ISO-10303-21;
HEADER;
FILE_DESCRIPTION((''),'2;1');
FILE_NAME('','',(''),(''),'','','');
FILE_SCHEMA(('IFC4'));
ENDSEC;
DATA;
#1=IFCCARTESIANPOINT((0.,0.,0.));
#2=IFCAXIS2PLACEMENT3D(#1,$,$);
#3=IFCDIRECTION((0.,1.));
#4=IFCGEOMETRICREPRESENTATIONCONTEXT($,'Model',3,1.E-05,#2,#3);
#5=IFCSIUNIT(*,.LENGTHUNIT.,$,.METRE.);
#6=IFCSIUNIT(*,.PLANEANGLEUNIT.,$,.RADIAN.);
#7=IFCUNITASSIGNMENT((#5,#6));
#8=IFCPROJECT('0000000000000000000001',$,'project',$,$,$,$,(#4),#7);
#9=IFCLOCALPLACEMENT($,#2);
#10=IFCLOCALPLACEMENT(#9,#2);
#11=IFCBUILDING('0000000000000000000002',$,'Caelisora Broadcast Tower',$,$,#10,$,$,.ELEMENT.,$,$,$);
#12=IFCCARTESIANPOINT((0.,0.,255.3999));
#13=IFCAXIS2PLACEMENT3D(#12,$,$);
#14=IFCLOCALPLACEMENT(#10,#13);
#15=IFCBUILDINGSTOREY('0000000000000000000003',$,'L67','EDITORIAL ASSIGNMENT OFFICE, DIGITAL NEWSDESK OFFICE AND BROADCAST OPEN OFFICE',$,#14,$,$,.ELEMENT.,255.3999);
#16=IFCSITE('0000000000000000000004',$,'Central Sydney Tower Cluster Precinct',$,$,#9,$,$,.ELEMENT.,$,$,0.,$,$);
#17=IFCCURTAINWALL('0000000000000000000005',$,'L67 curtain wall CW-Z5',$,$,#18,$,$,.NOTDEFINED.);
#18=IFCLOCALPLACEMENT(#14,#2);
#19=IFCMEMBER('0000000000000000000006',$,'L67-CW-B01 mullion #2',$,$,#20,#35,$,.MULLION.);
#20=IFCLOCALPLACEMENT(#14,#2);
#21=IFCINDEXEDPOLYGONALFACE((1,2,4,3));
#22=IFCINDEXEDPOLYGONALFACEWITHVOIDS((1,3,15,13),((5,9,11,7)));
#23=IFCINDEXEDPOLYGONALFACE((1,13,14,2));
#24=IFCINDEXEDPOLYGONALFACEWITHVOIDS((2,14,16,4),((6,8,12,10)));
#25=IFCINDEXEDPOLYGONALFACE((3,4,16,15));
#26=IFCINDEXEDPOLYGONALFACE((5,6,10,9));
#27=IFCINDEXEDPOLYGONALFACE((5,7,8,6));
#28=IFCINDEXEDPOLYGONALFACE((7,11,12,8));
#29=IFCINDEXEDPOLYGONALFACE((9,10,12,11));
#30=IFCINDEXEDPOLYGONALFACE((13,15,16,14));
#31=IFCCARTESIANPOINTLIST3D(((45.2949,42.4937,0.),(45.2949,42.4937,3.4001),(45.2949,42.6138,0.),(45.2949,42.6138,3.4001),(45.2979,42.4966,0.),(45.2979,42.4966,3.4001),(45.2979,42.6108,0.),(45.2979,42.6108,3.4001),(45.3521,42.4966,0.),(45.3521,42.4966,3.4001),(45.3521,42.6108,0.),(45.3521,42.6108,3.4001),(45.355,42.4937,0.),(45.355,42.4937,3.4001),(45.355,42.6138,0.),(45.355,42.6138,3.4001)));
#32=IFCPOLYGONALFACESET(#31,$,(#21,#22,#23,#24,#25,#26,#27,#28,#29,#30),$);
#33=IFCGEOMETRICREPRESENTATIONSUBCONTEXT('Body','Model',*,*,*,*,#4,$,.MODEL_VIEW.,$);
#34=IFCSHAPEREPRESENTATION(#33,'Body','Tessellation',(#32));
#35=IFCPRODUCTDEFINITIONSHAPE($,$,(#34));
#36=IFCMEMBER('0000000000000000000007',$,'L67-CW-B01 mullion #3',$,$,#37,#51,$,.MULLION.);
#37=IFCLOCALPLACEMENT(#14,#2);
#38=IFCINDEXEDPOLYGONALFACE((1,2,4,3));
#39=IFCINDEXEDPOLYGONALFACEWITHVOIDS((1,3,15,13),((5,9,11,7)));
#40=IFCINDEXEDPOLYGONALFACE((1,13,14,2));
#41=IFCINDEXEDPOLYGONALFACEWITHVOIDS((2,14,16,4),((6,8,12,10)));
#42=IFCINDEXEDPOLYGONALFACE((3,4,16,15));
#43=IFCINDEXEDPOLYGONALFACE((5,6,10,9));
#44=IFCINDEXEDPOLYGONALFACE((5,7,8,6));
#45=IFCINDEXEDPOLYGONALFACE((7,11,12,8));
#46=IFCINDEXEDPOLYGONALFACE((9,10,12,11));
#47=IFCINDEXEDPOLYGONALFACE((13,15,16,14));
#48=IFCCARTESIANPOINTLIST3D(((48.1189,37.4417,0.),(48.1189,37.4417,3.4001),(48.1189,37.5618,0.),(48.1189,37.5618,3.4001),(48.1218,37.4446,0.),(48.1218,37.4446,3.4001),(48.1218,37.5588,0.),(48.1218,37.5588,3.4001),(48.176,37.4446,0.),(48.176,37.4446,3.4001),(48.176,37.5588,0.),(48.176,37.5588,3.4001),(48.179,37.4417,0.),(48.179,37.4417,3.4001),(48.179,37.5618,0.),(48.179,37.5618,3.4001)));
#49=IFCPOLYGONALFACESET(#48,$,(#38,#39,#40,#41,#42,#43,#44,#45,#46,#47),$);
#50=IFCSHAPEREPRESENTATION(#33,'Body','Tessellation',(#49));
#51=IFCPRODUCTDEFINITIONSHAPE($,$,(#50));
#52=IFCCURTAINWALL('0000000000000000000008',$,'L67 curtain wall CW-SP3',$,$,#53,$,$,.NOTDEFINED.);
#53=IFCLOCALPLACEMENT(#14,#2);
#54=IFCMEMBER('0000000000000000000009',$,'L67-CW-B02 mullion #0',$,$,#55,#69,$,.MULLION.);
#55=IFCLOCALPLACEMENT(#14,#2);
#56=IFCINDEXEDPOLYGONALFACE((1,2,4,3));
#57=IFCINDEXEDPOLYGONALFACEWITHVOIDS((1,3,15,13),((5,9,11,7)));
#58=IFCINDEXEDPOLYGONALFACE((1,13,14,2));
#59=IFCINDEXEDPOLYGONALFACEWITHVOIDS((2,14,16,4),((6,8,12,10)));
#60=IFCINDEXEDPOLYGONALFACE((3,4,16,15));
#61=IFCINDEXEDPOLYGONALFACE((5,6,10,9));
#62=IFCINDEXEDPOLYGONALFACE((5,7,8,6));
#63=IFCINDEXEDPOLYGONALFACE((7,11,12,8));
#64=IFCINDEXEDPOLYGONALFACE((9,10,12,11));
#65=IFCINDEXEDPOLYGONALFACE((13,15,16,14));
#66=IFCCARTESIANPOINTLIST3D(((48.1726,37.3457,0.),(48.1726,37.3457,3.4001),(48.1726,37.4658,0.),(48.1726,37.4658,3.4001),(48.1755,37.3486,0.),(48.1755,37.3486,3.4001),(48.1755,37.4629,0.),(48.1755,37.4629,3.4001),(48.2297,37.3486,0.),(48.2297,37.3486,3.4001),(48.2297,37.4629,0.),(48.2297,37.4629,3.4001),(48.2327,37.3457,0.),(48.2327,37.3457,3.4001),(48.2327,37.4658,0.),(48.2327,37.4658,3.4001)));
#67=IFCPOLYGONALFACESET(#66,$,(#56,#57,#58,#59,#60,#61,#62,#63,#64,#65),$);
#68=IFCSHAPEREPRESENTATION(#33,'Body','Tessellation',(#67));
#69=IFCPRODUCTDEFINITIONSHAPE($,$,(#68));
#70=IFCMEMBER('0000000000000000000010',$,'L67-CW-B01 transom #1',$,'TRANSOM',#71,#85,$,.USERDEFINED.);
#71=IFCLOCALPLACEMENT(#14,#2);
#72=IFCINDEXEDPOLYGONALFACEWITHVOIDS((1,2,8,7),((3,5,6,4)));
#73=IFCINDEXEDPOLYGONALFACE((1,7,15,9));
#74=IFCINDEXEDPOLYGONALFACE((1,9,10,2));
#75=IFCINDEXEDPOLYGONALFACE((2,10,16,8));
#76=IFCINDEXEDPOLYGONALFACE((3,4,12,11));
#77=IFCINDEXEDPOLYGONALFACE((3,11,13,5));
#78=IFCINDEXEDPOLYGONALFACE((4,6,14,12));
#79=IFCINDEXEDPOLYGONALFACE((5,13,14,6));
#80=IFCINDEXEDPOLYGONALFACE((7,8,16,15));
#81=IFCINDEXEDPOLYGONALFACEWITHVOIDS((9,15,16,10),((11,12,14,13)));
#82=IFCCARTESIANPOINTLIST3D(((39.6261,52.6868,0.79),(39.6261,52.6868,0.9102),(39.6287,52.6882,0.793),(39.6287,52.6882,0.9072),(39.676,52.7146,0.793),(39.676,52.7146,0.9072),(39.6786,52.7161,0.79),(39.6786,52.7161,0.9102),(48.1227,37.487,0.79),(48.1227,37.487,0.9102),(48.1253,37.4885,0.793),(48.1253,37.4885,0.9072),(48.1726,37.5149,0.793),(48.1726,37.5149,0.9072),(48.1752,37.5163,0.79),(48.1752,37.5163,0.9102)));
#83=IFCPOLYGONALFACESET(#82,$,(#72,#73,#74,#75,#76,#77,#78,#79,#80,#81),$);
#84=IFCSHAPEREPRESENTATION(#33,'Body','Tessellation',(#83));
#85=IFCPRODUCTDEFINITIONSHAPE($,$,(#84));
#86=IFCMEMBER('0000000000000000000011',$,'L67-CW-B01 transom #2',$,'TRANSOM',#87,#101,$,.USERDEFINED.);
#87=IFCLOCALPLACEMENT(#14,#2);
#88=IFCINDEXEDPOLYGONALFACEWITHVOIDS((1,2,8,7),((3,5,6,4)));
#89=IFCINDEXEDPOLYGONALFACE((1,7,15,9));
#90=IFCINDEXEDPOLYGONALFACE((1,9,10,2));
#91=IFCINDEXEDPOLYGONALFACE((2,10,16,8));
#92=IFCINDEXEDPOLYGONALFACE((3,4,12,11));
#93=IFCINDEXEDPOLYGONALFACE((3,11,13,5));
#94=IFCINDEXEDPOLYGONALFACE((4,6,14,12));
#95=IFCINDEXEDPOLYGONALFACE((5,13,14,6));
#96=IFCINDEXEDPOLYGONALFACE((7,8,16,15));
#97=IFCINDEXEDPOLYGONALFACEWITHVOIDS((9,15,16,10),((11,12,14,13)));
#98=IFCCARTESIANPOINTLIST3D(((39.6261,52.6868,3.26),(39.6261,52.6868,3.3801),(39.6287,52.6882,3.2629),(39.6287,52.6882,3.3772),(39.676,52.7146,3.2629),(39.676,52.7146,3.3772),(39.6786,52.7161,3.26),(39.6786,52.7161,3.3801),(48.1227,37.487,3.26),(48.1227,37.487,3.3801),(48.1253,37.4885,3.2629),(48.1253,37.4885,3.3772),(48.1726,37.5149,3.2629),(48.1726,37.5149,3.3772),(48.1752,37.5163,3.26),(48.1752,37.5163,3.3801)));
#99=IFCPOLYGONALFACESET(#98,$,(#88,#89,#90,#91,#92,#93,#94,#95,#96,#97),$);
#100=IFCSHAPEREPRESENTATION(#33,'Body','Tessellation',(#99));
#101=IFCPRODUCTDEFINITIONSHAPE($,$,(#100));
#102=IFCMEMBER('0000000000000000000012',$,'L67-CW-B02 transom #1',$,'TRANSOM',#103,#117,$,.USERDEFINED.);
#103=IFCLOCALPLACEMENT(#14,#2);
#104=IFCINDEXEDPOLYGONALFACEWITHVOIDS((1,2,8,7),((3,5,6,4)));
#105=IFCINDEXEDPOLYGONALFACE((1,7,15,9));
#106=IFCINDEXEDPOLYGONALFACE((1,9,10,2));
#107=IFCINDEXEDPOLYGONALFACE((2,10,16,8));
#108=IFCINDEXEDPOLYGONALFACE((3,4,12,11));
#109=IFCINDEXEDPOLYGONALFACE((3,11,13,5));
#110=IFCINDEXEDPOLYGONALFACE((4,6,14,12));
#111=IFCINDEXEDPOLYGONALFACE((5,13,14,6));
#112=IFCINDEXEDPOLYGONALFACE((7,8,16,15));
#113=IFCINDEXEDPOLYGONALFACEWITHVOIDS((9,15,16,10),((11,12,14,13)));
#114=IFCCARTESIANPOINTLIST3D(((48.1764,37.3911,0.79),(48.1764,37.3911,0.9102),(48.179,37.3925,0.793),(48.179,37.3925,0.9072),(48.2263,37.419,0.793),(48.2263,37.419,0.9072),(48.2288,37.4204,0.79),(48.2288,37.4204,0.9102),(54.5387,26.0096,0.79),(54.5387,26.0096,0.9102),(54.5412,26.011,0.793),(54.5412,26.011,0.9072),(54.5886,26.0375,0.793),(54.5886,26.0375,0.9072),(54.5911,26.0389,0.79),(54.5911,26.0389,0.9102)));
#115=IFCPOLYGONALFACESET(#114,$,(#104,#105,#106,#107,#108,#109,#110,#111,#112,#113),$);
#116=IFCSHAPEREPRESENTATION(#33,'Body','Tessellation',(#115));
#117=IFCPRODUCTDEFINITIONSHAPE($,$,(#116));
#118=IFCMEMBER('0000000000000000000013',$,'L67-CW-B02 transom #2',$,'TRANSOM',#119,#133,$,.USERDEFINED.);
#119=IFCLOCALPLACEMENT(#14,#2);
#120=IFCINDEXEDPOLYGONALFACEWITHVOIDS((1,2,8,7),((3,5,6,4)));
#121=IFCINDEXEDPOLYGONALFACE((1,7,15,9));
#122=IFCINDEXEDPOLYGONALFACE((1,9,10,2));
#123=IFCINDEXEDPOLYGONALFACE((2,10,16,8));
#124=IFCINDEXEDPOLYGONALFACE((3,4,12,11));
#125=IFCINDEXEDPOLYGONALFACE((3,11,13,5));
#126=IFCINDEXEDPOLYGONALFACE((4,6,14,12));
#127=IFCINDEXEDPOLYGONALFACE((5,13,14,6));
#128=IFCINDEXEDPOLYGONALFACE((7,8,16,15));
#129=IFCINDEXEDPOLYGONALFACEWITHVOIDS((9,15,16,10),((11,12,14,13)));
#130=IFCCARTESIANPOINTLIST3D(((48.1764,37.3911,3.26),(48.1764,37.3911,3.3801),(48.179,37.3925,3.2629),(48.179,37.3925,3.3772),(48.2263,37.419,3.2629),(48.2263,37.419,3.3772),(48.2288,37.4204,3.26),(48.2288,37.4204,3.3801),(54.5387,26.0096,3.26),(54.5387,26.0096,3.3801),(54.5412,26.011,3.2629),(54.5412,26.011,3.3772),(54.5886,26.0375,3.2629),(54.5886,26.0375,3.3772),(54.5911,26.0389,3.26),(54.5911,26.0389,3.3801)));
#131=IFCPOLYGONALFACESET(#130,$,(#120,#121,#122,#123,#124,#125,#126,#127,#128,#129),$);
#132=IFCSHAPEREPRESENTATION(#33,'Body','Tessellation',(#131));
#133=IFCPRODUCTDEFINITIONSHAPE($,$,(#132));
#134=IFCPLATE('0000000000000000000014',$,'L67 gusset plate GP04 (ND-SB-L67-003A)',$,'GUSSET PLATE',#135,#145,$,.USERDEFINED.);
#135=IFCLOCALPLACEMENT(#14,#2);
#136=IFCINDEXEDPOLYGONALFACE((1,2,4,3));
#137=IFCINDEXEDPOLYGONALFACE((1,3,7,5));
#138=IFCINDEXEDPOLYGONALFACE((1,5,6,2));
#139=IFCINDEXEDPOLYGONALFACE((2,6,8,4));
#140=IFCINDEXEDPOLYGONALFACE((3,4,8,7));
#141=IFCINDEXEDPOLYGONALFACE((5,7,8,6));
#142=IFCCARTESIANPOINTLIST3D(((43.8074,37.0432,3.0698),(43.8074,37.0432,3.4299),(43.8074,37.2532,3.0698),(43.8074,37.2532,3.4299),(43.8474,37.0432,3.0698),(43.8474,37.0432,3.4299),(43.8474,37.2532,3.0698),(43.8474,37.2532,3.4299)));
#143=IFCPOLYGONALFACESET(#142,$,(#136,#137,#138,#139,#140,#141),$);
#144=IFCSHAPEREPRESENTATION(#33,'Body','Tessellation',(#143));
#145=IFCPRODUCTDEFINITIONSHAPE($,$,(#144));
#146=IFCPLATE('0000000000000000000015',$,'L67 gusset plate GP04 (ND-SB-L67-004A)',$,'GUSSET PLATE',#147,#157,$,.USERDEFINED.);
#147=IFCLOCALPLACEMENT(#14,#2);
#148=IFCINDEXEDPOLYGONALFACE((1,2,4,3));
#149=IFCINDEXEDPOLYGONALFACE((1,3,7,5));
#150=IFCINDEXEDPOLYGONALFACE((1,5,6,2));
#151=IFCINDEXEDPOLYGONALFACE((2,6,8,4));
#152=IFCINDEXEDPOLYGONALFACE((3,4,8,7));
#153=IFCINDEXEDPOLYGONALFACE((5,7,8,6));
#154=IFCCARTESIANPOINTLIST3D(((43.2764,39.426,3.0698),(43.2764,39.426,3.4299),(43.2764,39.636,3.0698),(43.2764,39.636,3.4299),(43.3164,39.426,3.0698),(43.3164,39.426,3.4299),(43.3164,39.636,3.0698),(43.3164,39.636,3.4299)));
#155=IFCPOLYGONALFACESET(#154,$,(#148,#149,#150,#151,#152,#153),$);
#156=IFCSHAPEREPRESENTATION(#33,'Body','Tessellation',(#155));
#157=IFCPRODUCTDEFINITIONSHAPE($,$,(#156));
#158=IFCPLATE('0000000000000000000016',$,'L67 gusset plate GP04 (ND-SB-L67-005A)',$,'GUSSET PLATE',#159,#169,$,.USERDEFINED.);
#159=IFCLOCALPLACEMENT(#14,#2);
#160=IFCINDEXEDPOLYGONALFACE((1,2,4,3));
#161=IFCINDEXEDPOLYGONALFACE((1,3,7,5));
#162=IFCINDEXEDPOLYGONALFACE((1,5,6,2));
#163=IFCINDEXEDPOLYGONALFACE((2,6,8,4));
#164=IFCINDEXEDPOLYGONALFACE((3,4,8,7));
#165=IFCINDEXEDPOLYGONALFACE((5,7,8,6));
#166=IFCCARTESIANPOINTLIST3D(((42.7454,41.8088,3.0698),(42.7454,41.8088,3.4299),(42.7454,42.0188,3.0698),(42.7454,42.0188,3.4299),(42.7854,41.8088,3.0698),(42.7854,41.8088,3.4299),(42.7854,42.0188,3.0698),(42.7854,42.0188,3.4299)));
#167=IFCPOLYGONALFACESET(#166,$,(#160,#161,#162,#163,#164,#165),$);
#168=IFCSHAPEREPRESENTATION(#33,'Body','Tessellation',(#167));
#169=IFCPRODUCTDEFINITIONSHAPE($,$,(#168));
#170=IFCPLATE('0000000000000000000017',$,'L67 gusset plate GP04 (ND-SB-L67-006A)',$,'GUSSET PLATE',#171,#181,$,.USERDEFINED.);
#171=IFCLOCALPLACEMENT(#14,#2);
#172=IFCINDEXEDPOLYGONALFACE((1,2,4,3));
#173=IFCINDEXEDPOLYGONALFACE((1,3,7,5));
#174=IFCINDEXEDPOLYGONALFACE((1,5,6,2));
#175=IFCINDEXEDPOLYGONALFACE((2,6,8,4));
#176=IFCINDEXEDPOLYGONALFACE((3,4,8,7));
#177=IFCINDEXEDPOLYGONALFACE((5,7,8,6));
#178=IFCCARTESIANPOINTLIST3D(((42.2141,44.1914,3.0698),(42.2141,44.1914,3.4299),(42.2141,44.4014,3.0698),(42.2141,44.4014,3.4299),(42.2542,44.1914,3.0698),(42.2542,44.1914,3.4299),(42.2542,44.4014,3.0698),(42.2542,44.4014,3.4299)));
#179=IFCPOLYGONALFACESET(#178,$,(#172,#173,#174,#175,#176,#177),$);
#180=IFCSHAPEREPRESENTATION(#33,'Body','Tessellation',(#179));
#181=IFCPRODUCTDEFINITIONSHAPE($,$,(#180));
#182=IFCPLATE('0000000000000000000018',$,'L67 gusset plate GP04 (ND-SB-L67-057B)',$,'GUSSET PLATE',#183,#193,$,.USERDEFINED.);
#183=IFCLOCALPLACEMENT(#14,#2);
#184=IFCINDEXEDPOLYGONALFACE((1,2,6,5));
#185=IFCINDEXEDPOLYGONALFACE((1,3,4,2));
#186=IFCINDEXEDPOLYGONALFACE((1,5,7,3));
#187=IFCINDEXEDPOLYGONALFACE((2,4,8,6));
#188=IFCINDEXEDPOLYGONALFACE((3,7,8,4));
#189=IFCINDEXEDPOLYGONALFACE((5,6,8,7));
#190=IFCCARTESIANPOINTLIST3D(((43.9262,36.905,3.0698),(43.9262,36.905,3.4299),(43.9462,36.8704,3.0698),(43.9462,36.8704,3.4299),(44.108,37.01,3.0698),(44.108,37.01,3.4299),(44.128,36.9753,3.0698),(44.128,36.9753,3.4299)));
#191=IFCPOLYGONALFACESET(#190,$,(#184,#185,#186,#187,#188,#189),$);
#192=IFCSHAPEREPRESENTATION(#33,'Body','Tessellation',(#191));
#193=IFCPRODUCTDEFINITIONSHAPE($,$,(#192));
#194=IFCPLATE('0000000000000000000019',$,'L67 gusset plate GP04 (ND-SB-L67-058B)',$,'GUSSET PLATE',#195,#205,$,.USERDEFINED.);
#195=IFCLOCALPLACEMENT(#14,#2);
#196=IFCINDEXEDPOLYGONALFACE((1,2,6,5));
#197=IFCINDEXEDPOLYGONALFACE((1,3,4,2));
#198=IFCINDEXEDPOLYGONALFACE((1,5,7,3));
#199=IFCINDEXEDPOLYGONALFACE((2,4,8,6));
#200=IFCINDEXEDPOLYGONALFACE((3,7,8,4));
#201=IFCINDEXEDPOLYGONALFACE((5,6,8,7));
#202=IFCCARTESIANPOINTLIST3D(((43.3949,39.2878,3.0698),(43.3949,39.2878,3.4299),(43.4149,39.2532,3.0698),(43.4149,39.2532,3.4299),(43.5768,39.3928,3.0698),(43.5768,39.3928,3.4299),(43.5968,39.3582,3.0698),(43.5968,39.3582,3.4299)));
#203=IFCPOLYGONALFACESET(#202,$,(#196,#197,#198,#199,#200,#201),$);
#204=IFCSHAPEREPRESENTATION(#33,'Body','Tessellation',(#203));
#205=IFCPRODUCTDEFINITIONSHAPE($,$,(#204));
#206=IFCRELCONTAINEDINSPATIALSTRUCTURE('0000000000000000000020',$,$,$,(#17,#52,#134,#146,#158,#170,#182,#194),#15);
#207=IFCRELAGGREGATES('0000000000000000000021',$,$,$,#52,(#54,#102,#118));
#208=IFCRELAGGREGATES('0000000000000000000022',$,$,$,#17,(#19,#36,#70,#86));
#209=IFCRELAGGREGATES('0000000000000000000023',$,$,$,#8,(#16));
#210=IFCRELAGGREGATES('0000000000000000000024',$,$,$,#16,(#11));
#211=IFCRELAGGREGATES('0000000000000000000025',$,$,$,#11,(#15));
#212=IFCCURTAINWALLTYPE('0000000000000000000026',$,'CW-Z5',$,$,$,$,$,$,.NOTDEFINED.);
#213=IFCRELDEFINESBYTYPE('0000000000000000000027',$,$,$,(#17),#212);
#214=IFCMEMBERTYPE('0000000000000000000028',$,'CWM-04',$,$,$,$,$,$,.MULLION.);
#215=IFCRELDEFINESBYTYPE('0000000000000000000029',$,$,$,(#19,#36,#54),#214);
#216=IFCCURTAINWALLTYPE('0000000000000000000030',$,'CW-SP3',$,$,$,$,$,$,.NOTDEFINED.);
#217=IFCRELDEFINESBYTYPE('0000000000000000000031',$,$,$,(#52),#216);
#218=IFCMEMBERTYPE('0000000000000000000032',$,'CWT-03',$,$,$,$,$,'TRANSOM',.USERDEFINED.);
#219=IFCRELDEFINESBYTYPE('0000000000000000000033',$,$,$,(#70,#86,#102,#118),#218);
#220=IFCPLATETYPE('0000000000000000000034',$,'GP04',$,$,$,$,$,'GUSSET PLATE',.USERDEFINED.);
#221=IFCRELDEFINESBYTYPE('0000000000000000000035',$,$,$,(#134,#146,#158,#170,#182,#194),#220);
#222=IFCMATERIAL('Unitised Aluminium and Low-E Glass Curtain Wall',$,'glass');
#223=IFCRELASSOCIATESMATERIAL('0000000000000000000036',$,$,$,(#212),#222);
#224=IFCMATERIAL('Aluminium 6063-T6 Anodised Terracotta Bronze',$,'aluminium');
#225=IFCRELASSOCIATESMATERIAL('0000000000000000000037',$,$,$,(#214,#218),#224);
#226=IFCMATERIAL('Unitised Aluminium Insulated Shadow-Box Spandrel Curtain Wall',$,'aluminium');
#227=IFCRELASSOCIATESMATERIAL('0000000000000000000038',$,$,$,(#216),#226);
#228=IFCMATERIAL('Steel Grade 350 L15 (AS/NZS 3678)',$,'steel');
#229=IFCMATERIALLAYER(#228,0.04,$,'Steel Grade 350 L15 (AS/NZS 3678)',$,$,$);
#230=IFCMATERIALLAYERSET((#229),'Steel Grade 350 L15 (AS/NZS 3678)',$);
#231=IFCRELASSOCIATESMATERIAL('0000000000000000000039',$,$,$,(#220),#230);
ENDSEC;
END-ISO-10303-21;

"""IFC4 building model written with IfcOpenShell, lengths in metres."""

from ifc_helpers import new_model, si_unit, direction, frame, origin, origin_2d, place, context, subcontext, project, spatial, rectangle, hollow_rectangle, extrude, source, transform, mapped, material, layer, layer_set, material_profile, profile_set, type_object, type_shapes, element, aggregate, save


model = new_model("IFC4")

# Units and contexts
model_context = context("Model", 3, precision=1e-05, world=origin(), true_north=direction((0.0, 1.0)))
body_context = subcontext(model_context, "Body", "Model", "MODEL_VIEW")
ifc_project = project(units=[si_unit("LENGTHUNIT", "METRE"), si_unit("PLANEANGLEUNIT", "RADIAN")], contexts=[model_context])

# Site, building, storey
site_placement = place(None, origin())
site = spatial("IfcSite", under=ifc_project, at=site_placement, Name="Central Sydney Tower Cluster Precinct", CompositionType="ELEMENT", RefElevation=0.0)
building_placement = place(site_placement, origin())
building = spatial("IfcBuilding", under=site, at=building_placement, Name="Caelisora Broadcast Tower", CompositionType="ELEMENT")
storey_placement = place(building_placement, frame((0.0, 0.0, 255.3999)))
storey = spatial("IfcBuildingStorey", under=building, at=storey_placement, Name="L67", Description="EDITORIAL ASSIGNMENT OFFICE, DIGITAL NEWSDESK OFFICE AND BROADCAST OPEN OFFICE", CompositionType="ELEMENT", Elevation=255.3999)

# Shared definitions
ifc_material_1 = material(Name="Steel Grade 350 L15 (AS/NZS 3678)", Category="steel")

# Curtain wall, members
ifc_material_2 = material(Name="Unitised Aluminium and Low-E Glass Curtain Wall", Category="glass")
curtain_wall_type_1 = type_object("IfcCurtainWallType", Name="CW-Z5", PredefinedType="NOTDEFINED", material=ifc_material_2)
curtain_wall_1_placement = place(storey_placement, origin())
curtain_wall_1 = element("IfcCurtainWall", 1, at=curtain_wall_1_placement, inside=storey, type_object=curtain_wall_type_1, Name="L67 curtain wall CW-Z5", PredefinedType="NOTDEFINED")
ifc_material_3 = material(Name="Aluminium 6063-T6 Anodised Terracotta Bronze", Category="aluminium")
ifc_material_profile_1 = material_profile(ifc_material_3, hollow_rectangle(XDim=0.0601, YDim=0.1201, WallThickness=0.0029, at=origin_2d()), Name="Aluminium 6063-T6 Anodised Terracotta Bronze")
ifc_profile_set_1 = profile_set([ifc_material_profile_1], Name="Aluminium 6063-T6 Anodised Terracotta Bronze")
member_type_1 = type_object("IfcMemberType", Name="CWM-04", PredefinedType="MULLION", material=ifc_profile_set_1)
shared_shape_1 = source(origin(), body_context, "Body", "SweptSolid", [
    extrude(hollow_rectangle(XDim=0.0601, YDim=0.1201, WallThickness=0.0029, at=origin_2d()), origin(), (0.0, 0.0, 1.0), 3.4001),
])
type_shapes(member_type_1, [shared_shape_1])
member_1_placement = place(storey_placement, frame((45.325, 42.5537, 0.0), z_axis=(0.0, 0.0, 1.0), x_axis=(1.0, 0.0, 0.0)))
member_1 = element("IfcMember", 2, at=member_1_placement, type_object=member_type_1, Name="L67-CW-B01 mullion #2", PredefinedType="MULLION", context=body_context, shape_type="MappedRepresentation", body=[
    mapped(shared_shape_1, transform((0.0, 0.0, 0.0), scale=1.0)),
])
member_2_placement = place(storey_placement, frame((48.1489, 37.5017, 0.0), z_axis=(0.0, 0.0, 1.0), x_axis=(1.0, 0.0, 0.0)))
member_2 = element("IfcMember", 3, at=member_2_placement, type_object=member_type_1, Name="L67-CW-B01 mullion #3", PredefinedType="MULLION", context=body_context, shape_type="MappedRepresentation", body=[
    mapped(shared_shape_1, transform((0.0, 0.0, 0.0), scale=1.0)),
])

# Curtain wall, member
ifc_material_4 = material(Name="Unitised Aluminium Insulated Shadow-Box Spandrel Curtain Wall", Category="aluminium")
curtain_wall_type_2 = type_object("IfcCurtainWallType", Name="CW-SP3", PredefinedType="NOTDEFINED", material=ifc_material_4)
curtain_wall_2_placement = place(storey_placement, origin())
curtain_wall_2 = element("IfcCurtainWall", 4, at=curtain_wall_2_placement, inside=storey, type_object=curtain_wall_type_2, Name="L67 curtain wall CW-SP3", PredefinedType="NOTDEFINED")
member_3_placement = place(storey_placement, frame((48.2026, 37.4058, 0.0), z_axis=(0.0, 0.0, 1.0), x_axis=(1.0, 0.0, 0.0)))
member_3 = element("IfcMember", 5, at=member_3_placement, type_object=member_type_1, Name="L67-CW-B02 mullion #0", PredefinedType="MULLION", context=body_context, shape_type="MappedRepresentation", body=[
    mapped(shared_shape_1, transform((0.0, 0.0, 0.0), scale=1.0)),
])

# Members
ifc_material_profile_2 = material_profile(ifc_material_3, hollow_rectangle(XDim=0.0601, YDim=0.1201, WallThickness=0.0029, at=origin_2d()), Name="Aluminium 6063-T6 Anodised Terracotta Bronze")
ifc_profile_set_2 = profile_set([ifc_material_profile_2], Name="Aluminium 6063-T6 Anodised Terracotta Bronze")
member_type_2 = type_object("IfcMemberType", Name="CWT-03", ElementType="TRANSOM", PredefinedType="USERDEFINED", material=ifc_profile_set_2)
shared_shape_2 = source(origin(), body_context, "Body", "SweptSolid", [
    extrude(hollow_rectangle(XDim=0.0601, YDim=0.1201, WallThickness=0.0029, at=origin_2d()), origin(), (0.0, 0.0, 1.0), 17.4133),
])
member_4_placement = place(storey_placement, frame((39.6523, 52.7014, 0.8501), z_axis=(0.487936, -0.872879, 0.0), x_axis=(0.872879, 0.487936, 0.0)))
member_4 = element("IfcMember", 6, at=member_4_placement, type_object=member_type_2, Name="L67-CW-B01 transom #1", ObjectType="TRANSOM", PredefinedType="USERDEFINED", context=body_context, shape_type="MappedRepresentation", body=[
    mapped(shared_shape_2, transform((0.0, 0.0, 0.0), scale=1.0)),
])
member_5_placement = place(storey_placement, frame((39.6523, 52.7014, 3.3201), z_axis=(0.487936, -0.872879, 0.0), x_axis=(0.872879, 0.487936, 0.0)))
member_5 = element("IfcMember", 7, at=member_5_placement, type_object=member_type_2, Name="L67-CW-B01 transom #2", ObjectType="TRANSOM", PredefinedType="USERDEFINED", context=body_context, shape_type="MappedRepresentation", body=[
    mapped(shared_shape_2, transform((0.0, 0.0, 0.0), scale=1.0)),
])
shared_shape_3 = source(origin(), body_context, "Body", "SweptSolid", [
    extrude(hollow_rectangle(XDim=0.0601, YDim=0.1201, WallThickness=0.0029, at=origin_2d()), origin(), (0.0, 0.0, 1.0), 13.0391),
])
type_shapes(member_type_2, [shared_shape_2, shared_shape_3])
member_6_placement = place(storey_placement, frame((48.2026, 37.4058, 0.8501), z_axis=(0.487938, -0.872878, 0.0), x_axis=(0.872878, 0.487938, 0.0)))
member_6 = element("IfcMember", 8, at=member_6_placement, type_object=member_type_2, Name="L67-CW-B02 transom #1", ObjectType="TRANSOM", PredefinedType="USERDEFINED", context=body_context, shape_type="MappedRepresentation", body=[
    mapped(shared_shape_3, transform((0.0, 0.0, 0.0), scale=1.0)),
])
member_7_placement = place(storey_placement, frame((48.2026, 37.4058, 3.3201), z_axis=(0.487938, -0.872878, 0.0), x_axis=(0.872878, 0.487938, 0.0)))
member_7 = element("IfcMember", 9, at=member_7_placement, type_object=member_type_2, Name="L67-CW-B02 transom #2", ObjectType="TRANSOM", PredefinedType="USERDEFINED", context=body_context, shape_type="MappedRepresentation", body=[
    mapped(shared_shape_3, transform((0.0, 0.0, 0.0), scale=1.0)),
])
aggregate(curtain_wall_2, [member_3, member_6, member_7])

# Plates
ifc_layer_1 = layer(ifc_material_1, 0.04, Name="Steel Grade 350 L15 (AS/NZS 3678)")
ifc_layer_set_1 = layer_set([ifc_layer_1], Name="Steel Grade 350 L15 (AS/NZS 3678)")
plate_type_1 = type_object("IfcPlateType", Name="GP04", ElementType="GUSSET PLATE", PredefinedType="USERDEFINED", material=ifc_layer_set_1)
shared_shape_4 = source(origin(), body_context, "Body", "SweptSolid", [
    extrude(rectangle(XDim=0.21, YDim=0.04, at=origin_2d()), origin(), (0.0, 0.0, 1.0), 0.3601),
])
type_shapes(plate_type_1, [shared_shape_4])
for number, where, z_axis, x_axis, name in (
    (10, (43.8274, 37.1482, 3.0698), (0.0, 0.0, 1.0), (0.0, -1.0, 0.0), "L67 gusset plate GP04 (ND-SB-L67-003A)"),
    (11, (43.2964, 39.531, 3.0698), (0.0, 0.0, 1.0), (0.0, -1.0, 0.0), "L67 gusset plate GP04 (ND-SB-L67-004A)"),
    (12, (42.7654, 41.9138, 3.0698), (0.0, 0.0, 1.0), (0.0, -1.0, 0.0), "L67 gusset plate GP04 (ND-SB-L67-005A)"),
    (13, (42.2341, 44.2964, 3.0698), (0.0, 0.0, 1.0), (0.0, -1.0, 0.0), "L67 gusset plate GP04 (ND-SB-L67-006A)"),
    (14, (44.0271, 36.9402, 3.0698), (0.0, 0.0, 1.0), (-0.866025, -0.5, 0.0), "L67 gusset plate GP04 (ND-SB-L67-057B)"),
    (15, (43.4958, 39.323, 3.0698), (0.0, 0.0, 1.0), (-0.866025, -0.5, 0.0), "L67 gusset plate GP04 (ND-SB-L67-058B)"),
):
    element("IfcPlate", number, at=place(storey_placement, frame(where, z_axis=z_axis, x_axis=x_axis)), inside=storey, type_object=plate_type_1, Name=name, ObjectType="GUSSET PLATE", PredefinedType="USERDEFINED", context=body_context, shape_type="MappedRepresentation", body=[
        mapped(shared_shape_4, transform((0.0, 0.0, 0.0), scale=1.0)),
    ])

aggregate(curtain_wall_1, [member_1, member_2, member_4, member_5])

save(model, "model.ifc")
